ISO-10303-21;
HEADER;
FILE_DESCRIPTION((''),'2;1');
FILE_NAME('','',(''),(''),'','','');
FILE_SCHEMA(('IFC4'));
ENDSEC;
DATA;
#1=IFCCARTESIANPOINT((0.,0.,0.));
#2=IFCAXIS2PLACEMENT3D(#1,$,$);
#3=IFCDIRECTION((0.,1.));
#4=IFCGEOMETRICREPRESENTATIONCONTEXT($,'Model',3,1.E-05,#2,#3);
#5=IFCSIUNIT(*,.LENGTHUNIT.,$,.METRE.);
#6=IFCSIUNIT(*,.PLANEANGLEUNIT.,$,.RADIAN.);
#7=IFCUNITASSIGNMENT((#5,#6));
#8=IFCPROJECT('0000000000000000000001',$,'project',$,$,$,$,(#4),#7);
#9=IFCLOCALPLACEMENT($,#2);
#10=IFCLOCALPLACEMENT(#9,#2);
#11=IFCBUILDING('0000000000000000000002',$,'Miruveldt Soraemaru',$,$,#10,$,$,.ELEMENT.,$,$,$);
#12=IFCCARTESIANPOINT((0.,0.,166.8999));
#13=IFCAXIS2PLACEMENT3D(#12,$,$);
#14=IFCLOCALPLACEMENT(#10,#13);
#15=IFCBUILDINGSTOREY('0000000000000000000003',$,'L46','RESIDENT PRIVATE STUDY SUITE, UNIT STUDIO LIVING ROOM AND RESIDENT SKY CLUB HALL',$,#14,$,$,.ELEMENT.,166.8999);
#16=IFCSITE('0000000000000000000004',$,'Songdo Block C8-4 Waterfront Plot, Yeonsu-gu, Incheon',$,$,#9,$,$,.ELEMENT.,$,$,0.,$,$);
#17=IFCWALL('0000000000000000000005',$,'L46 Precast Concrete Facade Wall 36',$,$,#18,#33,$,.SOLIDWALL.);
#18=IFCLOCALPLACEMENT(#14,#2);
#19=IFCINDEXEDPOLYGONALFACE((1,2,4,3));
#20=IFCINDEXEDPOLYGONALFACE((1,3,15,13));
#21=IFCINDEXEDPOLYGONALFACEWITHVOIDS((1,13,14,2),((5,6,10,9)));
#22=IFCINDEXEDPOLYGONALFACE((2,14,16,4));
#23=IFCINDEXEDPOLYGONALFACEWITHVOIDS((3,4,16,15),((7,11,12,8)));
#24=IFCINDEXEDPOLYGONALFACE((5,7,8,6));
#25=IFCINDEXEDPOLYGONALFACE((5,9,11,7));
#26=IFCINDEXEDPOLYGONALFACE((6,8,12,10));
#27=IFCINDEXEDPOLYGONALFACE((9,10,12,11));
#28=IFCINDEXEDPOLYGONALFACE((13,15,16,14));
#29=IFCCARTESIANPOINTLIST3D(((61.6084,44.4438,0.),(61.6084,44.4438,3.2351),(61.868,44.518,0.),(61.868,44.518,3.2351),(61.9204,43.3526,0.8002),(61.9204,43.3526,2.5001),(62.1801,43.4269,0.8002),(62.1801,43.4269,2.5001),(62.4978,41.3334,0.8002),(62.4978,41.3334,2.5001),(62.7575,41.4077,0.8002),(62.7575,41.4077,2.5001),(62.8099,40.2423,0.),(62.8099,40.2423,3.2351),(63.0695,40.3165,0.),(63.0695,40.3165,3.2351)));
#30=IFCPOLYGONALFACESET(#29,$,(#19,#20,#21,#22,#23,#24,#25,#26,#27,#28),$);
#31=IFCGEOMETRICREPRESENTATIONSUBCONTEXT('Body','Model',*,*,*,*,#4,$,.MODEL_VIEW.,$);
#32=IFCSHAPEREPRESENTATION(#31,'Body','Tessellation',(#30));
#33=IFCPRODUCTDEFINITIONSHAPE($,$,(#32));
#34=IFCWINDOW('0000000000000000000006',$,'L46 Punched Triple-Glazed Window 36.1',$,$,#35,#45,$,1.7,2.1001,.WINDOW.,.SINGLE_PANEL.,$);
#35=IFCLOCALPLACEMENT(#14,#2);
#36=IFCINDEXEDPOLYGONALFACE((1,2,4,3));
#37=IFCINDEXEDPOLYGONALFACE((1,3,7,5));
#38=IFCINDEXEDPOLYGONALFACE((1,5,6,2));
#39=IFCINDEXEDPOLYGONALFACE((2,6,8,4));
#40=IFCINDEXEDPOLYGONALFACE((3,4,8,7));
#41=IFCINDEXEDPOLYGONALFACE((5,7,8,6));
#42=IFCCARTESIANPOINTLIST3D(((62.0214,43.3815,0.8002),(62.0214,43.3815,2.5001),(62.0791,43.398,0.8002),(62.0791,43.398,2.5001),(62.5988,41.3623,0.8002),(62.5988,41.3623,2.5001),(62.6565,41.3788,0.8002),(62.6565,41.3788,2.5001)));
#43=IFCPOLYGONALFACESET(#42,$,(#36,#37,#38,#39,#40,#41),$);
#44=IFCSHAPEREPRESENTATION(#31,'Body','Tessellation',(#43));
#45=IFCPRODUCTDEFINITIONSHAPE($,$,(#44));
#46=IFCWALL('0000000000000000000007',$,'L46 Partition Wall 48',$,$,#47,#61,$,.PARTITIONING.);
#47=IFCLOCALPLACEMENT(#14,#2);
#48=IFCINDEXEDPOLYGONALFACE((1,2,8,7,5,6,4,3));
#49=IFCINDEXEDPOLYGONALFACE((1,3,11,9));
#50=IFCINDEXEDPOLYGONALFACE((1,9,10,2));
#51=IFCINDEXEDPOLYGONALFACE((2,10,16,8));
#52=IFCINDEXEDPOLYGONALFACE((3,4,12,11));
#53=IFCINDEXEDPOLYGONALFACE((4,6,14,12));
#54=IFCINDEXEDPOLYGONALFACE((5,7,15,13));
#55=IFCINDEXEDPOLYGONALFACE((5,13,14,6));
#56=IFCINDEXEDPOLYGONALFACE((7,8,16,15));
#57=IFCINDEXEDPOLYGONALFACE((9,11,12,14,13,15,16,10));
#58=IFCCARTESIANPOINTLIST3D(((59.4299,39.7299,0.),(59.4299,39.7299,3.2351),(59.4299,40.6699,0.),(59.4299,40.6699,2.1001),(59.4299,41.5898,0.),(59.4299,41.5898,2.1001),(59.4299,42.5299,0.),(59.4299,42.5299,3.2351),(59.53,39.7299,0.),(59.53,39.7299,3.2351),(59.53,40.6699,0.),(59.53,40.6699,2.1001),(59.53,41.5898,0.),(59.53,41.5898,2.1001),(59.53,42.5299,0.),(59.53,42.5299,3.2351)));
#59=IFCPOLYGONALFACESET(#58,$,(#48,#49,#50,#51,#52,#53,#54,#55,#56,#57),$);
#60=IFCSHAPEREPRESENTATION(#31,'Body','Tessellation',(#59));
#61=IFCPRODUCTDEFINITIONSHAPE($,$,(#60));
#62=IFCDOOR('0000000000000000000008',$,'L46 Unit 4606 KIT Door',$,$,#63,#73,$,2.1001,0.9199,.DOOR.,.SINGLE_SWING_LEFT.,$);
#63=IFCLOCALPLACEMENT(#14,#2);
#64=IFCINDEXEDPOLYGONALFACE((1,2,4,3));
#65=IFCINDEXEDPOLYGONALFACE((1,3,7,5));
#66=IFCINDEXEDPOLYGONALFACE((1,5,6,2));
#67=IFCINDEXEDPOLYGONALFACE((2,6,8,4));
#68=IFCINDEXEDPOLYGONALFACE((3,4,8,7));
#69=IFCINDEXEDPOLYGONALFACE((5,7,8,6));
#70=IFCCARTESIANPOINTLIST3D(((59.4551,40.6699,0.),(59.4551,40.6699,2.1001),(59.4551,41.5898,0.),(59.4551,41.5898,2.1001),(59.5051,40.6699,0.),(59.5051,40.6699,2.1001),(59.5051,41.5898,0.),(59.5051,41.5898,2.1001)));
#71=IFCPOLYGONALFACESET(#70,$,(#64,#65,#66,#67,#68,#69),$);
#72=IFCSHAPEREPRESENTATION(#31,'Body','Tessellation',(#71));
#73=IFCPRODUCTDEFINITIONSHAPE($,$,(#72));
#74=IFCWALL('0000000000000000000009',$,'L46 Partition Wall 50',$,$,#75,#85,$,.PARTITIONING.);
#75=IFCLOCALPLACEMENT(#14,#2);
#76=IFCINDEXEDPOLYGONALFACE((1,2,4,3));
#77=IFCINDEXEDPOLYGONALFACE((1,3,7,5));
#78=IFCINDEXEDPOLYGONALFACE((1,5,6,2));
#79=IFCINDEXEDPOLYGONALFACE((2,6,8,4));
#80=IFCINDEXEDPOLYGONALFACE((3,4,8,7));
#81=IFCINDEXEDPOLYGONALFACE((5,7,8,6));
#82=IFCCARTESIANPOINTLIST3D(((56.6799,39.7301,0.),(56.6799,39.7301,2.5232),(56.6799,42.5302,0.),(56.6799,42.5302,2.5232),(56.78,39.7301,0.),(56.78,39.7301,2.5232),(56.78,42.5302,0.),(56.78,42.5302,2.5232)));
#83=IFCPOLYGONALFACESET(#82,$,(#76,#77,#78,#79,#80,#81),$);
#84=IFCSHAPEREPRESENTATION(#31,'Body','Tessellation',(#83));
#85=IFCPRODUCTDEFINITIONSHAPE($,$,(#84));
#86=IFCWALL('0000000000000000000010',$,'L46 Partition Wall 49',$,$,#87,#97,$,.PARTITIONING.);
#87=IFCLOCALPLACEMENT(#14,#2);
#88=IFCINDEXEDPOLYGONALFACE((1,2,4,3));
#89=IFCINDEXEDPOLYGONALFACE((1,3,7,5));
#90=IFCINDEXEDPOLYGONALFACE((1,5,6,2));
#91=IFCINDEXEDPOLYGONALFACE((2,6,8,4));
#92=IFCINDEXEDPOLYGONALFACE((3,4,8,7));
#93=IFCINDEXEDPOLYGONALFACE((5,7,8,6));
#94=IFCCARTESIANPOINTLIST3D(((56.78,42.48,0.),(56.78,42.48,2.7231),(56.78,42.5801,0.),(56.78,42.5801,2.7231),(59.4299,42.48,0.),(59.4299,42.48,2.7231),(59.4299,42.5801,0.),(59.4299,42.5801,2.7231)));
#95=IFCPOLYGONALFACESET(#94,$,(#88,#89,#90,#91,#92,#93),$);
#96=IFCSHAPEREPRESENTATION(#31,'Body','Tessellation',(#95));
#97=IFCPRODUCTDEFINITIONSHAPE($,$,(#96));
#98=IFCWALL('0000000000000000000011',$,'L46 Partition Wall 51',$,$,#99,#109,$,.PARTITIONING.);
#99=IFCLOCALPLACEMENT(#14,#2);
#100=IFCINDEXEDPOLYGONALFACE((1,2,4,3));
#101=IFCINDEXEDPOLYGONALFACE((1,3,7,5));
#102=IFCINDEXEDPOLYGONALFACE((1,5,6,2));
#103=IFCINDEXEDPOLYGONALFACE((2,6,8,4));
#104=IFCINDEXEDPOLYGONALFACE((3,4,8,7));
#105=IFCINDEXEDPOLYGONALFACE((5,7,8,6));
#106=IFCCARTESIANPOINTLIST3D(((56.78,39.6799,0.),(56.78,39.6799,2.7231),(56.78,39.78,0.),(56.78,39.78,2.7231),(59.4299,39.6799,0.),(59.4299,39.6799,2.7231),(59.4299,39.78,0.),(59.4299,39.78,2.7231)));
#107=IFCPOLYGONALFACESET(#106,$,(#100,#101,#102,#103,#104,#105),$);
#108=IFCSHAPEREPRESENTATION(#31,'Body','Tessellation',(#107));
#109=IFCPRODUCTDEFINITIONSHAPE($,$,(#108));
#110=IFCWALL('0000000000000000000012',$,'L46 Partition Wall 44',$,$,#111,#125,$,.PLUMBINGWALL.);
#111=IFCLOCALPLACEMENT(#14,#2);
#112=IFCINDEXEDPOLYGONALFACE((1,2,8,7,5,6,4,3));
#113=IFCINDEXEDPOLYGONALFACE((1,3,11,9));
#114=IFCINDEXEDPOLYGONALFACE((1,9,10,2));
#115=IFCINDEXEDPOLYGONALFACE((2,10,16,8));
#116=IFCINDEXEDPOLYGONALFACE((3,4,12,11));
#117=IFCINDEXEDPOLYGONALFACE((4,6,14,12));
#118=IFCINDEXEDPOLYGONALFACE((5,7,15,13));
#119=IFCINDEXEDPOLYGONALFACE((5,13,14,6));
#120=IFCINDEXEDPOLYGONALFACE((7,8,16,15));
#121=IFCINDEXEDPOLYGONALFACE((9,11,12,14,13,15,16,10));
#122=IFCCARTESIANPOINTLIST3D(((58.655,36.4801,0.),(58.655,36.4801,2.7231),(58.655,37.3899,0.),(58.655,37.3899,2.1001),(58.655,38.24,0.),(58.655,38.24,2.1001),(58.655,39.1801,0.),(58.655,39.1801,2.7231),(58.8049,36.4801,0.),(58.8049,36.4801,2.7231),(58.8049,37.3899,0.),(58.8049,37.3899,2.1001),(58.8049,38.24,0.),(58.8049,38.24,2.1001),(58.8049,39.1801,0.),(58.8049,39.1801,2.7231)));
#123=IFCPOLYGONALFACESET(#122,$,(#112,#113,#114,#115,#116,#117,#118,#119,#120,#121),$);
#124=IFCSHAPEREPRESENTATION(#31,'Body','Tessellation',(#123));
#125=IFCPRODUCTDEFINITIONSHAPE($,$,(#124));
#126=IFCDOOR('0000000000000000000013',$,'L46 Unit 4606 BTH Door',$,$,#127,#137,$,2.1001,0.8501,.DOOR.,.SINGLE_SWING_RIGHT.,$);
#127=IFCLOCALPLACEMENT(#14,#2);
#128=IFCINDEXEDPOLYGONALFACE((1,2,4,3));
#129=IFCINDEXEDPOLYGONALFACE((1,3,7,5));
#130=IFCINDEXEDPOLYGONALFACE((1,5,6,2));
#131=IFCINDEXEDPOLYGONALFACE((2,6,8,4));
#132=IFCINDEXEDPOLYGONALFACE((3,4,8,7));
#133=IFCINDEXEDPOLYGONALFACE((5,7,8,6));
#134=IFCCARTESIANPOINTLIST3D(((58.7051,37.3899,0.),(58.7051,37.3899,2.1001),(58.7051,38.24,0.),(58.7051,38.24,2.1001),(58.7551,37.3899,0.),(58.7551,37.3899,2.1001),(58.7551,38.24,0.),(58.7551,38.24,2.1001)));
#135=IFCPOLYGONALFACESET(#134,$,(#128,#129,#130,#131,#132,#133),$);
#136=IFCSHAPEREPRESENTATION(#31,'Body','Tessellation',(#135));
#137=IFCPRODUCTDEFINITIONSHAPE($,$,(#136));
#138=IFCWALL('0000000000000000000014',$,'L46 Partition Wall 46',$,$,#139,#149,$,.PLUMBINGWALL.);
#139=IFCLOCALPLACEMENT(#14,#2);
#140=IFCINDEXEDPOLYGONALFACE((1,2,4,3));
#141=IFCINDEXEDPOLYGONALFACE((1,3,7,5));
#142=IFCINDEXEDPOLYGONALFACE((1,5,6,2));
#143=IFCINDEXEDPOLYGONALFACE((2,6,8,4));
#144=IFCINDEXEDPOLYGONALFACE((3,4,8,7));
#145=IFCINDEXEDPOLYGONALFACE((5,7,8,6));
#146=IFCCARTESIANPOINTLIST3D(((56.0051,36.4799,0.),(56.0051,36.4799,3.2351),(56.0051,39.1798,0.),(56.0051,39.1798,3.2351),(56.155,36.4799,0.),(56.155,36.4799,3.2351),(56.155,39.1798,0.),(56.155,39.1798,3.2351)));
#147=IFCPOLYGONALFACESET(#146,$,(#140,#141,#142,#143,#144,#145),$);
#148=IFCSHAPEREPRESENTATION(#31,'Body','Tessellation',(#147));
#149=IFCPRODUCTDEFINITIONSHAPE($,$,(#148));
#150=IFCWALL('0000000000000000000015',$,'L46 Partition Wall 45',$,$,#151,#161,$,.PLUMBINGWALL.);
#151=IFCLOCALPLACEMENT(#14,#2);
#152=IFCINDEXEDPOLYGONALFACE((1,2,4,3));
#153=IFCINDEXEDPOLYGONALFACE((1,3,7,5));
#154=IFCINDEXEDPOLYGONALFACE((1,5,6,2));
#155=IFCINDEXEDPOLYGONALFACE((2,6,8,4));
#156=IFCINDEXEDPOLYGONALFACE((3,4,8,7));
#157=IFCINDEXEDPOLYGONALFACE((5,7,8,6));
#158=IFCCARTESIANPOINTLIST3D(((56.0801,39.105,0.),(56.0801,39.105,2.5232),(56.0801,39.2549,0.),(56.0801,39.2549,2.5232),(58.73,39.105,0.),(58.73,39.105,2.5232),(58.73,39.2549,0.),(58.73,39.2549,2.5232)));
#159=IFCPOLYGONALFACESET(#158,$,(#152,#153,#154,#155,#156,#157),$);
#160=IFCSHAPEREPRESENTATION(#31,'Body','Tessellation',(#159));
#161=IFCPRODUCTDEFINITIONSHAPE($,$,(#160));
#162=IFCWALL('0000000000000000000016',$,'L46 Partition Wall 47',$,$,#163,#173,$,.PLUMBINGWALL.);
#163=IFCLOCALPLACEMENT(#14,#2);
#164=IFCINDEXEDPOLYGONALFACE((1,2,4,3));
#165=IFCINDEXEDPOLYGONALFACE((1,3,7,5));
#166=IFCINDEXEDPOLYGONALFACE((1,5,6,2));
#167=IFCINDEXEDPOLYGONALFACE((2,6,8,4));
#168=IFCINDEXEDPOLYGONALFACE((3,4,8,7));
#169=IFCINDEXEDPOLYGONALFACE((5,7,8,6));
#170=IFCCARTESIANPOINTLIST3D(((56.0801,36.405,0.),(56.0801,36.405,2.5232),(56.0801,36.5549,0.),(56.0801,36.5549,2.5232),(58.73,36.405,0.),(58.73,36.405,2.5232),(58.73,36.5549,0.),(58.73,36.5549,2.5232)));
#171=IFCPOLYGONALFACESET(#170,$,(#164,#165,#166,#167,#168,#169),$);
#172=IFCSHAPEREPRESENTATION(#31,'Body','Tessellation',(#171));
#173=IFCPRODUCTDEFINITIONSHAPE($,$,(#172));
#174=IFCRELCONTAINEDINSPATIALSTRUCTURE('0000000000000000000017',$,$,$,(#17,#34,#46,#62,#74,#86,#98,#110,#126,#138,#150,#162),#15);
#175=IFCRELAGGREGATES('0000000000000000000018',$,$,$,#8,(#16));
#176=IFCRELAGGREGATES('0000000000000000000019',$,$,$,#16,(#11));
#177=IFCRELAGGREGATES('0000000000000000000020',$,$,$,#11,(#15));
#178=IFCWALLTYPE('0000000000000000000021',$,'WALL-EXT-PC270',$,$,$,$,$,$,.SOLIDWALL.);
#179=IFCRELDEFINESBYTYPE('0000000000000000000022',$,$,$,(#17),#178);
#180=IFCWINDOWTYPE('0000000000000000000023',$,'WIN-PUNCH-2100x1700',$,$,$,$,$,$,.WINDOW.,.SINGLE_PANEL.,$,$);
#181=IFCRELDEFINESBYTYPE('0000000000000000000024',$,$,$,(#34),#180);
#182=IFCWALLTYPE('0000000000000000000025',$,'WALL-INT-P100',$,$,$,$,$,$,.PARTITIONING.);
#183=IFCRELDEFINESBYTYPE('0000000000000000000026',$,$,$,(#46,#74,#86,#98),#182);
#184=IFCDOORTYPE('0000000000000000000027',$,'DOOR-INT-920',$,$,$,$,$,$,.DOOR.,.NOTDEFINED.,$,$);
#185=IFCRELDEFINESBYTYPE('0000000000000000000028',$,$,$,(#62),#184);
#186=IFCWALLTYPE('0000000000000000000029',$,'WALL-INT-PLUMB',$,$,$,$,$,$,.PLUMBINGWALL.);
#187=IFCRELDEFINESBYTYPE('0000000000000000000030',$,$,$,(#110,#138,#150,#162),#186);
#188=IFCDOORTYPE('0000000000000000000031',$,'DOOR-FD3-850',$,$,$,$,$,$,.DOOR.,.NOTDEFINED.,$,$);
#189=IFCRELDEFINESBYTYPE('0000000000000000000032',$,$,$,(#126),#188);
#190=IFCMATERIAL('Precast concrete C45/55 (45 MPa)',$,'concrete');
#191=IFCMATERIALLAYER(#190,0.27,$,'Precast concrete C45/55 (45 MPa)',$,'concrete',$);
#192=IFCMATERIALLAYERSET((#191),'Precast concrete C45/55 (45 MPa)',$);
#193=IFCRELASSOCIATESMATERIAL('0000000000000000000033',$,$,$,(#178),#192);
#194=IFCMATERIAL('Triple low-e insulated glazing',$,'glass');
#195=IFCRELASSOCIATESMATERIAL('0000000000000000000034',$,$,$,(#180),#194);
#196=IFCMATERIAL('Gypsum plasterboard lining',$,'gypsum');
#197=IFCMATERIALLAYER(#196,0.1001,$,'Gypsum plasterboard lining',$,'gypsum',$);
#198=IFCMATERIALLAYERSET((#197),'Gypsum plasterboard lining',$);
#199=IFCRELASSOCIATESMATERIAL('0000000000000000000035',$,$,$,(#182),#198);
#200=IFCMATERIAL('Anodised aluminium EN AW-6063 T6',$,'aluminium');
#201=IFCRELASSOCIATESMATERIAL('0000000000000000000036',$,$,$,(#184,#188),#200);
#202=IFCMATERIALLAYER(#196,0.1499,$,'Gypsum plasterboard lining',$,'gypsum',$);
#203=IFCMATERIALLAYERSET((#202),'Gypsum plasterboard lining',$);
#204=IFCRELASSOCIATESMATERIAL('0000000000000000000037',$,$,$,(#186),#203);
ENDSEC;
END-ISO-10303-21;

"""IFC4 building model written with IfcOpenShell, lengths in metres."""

from ifc_helpers import new_model, si_unit, direction, frame, frame_2d, origin, place, context, subcontext, project, spatial, rectangle, extrude, material, layer, layer_set, type_object, element, fill, save


model = new_model("IFC4")

# Units and contexts
model_context = context("Model", 3, precision=1e-05, world=origin(), true_north=direction((0.0, 1.0)))
body_context = subcontext(model_context, "Body", "Model", "MODEL_VIEW")
ifc_project = project(units=[si_unit("LENGTHUNIT", "METRE"), si_unit("PLANEANGLEUNIT", "RADIAN")], contexts=[model_context])

# Site, building, storey
site_placement = place(None, origin())
site = spatial("IfcSite", under=ifc_project, at=site_placement, Name="Songdo Block C8-4 Waterfront Plot, Yeonsu-gu, Incheon", CompositionType="ELEMENT", RefElevation=0.0)
building_placement = place(site_placement, origin())
building = spatial("IfcBuilding", under=site, at=building_placement, Name="Miruveldt Soraemaru", CompositionType="ELEMENT")
storey_placement = place(building_placement, frame((0.0, 0.0, 166.8999)))
storey = spatial("IfcBuildingStorey", under=building, at=storey_placement, Name="L46", Description="RESIDENT PRIVATE STUDY SUITE, UNIT STUDIO LIVING ROOM AND RESIDENT SKY CLUB HALL", CompositionType="ELEMENT", Elevation=166.8999)

# Wall, opening, window
ifc_material_1 = material(Name="Precast concrete C45/55 (45 MPa)", Category="concrete")
ifc_layer_1 = layer(ifc_material_1, 0.27, Name="Precast concrete C45/55 (45 MPa)", Category="concrete")
ifc_layer_set_1 = layer_set([ifc_layer_1], Name="Precast concrete C45/55 (45 MPa)")
wall_type_1 = type_object("IfcWallType", Name="WALL-EXT-PC270", PredefinedType="SOLIDWALL", material=ifc_layer_set_1)
ifc_material_2 = material(Name="Triple low-e insulated glazing", Category="glass")
window_type = type_object("IfcWindowType", Name="WIN-PUNCH-2100x1700", PartitioningType="SINGLE_PANEL", PredefinedType="WINDOW", material=ifc_material_2)
wall_1_placement = place(storey_placement, frame((62.9397, 40.2793, 0.0), z_axis=(0.0, 0.0, 1.0), x_axis=(-0.274935, 0.961463, 0.0)))
wall_1 = element("IfcWall", 1, at=wall_1_placement, inside=storey, type_object=wall_type_1, Name="L46 Precast Concrete Facade Wall 36", PredefinedType="SOLIDWALL", context=body_context, shape_type="SweptSolid", body=[
    extrude(rectangle(XDim=4.3699, YDim=0.27, at=frame_2d((2.1851, 0.0))), origin(), (0.0, 0.0, 1.0), 3.2351),
])
opening_1_placement = place(wall_1_placement, frame((1.135, 0.0, 0.8)))
opening_1 = element("IfcOpeningElement", 2, at=opening_1_placement, cuts=wall_1, PredefinedType="OPENING", context=body_context, shape_type="SweptSolid", body=[
    extrude(rectangle(XDim=2.1001, YDim=1.7, at=frame_2d((1.05, 0.8501))), frame((0.0, 0.145, 0.0), z_axis=(0.0, -1.0, 0.0), x_axis=(1.0, 0.0, 0.0)), (0.0, 0.0, 1.0), 0.29),
])
window_1_placement = place(opening_1_placement, origin())
window_1 = element("IfcWindow", 3, at=window_1_placement, inside=storey, type_object=window_type, Name="L46 Punched Triple-Glazed Window 36.1", OverallHeight=1.7, OverallWidth=2.1001, PartitioningType="SINGLE_PANEL", PredefinedType="WINDOW", context=body_context, shape_type="SweptSolid", body=[
    extrude(rectangle(XDim=2.1001, YDim=1.7, at=frame_2d((1.05, 0.8501))), frame((0.0, 0.03, 0.0), z_axis=(0.0, -1.0, 0.0), x_axis=(1.0, 0.0, 0.0)), (0.0, 0.0, 1.0), 0.0601),
])
fill(opening_1, window_1)

# Wall, opening, door
ifc_material_3 = material(Name="Gypsum plasterboard lining", Category="gypsum")
ifc_layer_2 = layer(ifc_material_3, 0.1001, Name="Gypsum plasterboard lining", Category="gypsum")
ifc_layer_set_2 = layer_set([ifc_layer_2], Name="Gypsum plasterboard lining")
wall_type_2 = type_object("IfcWallType", Name="WALL-INT-P100", PredefinedType="PARTITIONING", material=ifc_layer_set_2)
wall_2_placement = place(storey_placement, frame((59.48, 39.73, 0.0), z_axis=(0.0, 0.0, 1.0), x_axis=(0.0, 1.0, 0.0)))
wall_2 = element("IfcWall", 4, at=wall_2_placement, inside=storey, type_object=wall_type_2, Name="L46 Partition Wall 48", PredefinedType="PARTITIONING", context=body_context, shape_type="SweptSolid", body=[
    extrude(rectangle(XDim=2.8, YDim=0.1001, at=frame_2d((1.3999, 0.0))), origin(), (0.0, 0.0, 1.0), 3.2351),
])
opening_2_placement = place(wall_2_placement, frame((0.9399, 0.0, 0.0)))
opening_2 = element("IfcOpeningElement", 5, at=opening_2_placement, cuts=wall_2, PredefinedType="OPENING", context=body_context, shape_type="SweptSolid", body=[
    extrude(rectangle(XDim=0.9199, YDim=2.1001, at=frame_2d((0.46, 1.05))), frame((0.0, 0.0601, 0.0), z_axis=(0.0, -1.0, 0.0), x_axis=(1.0, 0.0, 0.0)), (0.0, 0.0, 1.0), 0.1201),
])
ifc_material_4 = material(Name="Anodised aluminium EN AW-6063 T6", Category="aluminium")
door_type_1 = type_object("IfcDoorType", Name="DOOR-INT-920", OperationType="NOTDEFINED", PredefinedType="DOOR", material=ifc_material_4)
door_1_placement = place(opening_2_placement, origin())
door_1 = element("IfcDoor", 6, at=door_1_placement, inside=storey, type_object=door_type_1, Name="L46 Unit 4606 KIT Door", OperationType="SINGLE_SWING_LEFT", OverallHeight=2.1001, OverallWidth=0.9199, PredefinedType="DOOR", context=body_context, shape_type="SweptSolid", body=[
    extrude(rectangle(XDim=0.9199, YDim=2.1001, at=frame_2d((0.46, 1.05))), frame((0.0, 0.0249, 0.0), z_axis=(0.0, -1.0, 0.0), x_axis=(1.0, 0.0, 0.0)), (0.0, 0.0, 1.0), 0.05),
])
fill(opening_2, door_1)

# Walls
wall_3_placement = place(storey_placement, frame((56.73, 42.53, 0.0), z_axis=(0.0, 0.0, 1.0), x_axis=(0.0, -1.0, 0.0)))
element("IfcWall", 7, at=wall_3_placement, inside=storey, type_object=wall_type_2, Name="L46 Partition Wall 50", PredefinedType="PARTITIONING", context=body_context, shape_type="SweptSolid", body=[
    extrude(rectangle(XDim=2.8, YDim=0.1001, at=frame_2d((1.3999, 0.0))), origin(), (0.0, 0.0, 1.0), 2.5232),
])
for number, where, z_axis, x_axis, name in (
    (8, (59.4299, 42.53, 0.0), (0.0, 0.0, 1.0), (-1.0, 0.0, 0.0), "L46 Partition Wall 49"),
    (9, (56.78, 39.73, 0.0), (0.0, 0.0, 1.0), (1.0, 0.0, 0.0), "L46 Partition Wall 51"),
):
    element("IfcWall", number, at=place(storey_placement, frame(where, z_axis=z_axis, x_axis=x_axis)), inside=storey, type_object=wall_type_2, Name=name, PredefinedType="PARTITIONING", context=body_context, shape_type="SweptSolid", body=[
        extrude(rectangle(XDim=2.6499, YDim=0.1001, at=frame_2d((1.325, 0.0))), origin(), (0.0, 0.0, 1.0), 2.7231),
    ])

# Wall, opening, door
ifc_layer_3 = layer(ifc_material_3, 0.1499, Name="Gypsum plasterboard lining", Category="gypsum")
ifc_layer_set_3 = layer_set([ifc_layer_3], Name="Gypsum plasterboard lining")
wall_type_3 = type_object("IfcWallType", Name="WALL-INT-PLUMB", PredefinedType="PLUMBINGWALL", material=ifc_layer_set_3)
wall_4_placement = place(storey_placement, frame((58.73, 36.48, 0.0), z_axis=(0.0, 0.0, 1.0), x_axis=(0.0, 1.0, 0.0)))
wall_4 = element("IfcWall", 10, at=wall_4_placement, inside=storey, type_object=wall_type_3, Name="L46 Partition Wall 44", PredefinedType="PLUMBINGWALL", context=body_context, shape_type="SweptSolid", body=[
    extrude(rectangle(XDim=2.7, YDim=0.1499, at=frame_2d((1.3501, 0.0))), origin(), (0.0, 0.0, 1.0), 2.7231),
])
opening_3_placement = place(wall_4_placement, frame((0.9099, 0.0, 0.0)))
opening_3 = element("IfcOpeningElement", 11, at=opening_3_placement, cuts=wall_4, PredefinedType="OPENING", context=body_context, shape_type="SweptSolid", body=[
    extrude(rectangle(XDim=0.8501, YDim=2.1001, at=frame_2d((0.425, 1.05))), frame((0.0, 0.085, 0.0), z_axis=(0.0, -1.0, 0.0), x_axis=(1.0, 0.0, 0.0)), (0.0, 0.0, 1.0), 0.1699),
])
door_type_2 = type_object("IfcDoorType", Name="DOOR-FD3-850", OperationType="NOTDEFINED", PredefinedType="DOOR", material=ifc_material_4)
door_2_placement = place(opening_3_placement, origin())
door_2 = element("IfcDoor", 12, at=door_2_placement, inside=storey, type_object=door_type_2, Name="L46 Unit 4606 BTH Door", OperationType="SINGLE_SWING_RIGHT", OverallHeight=2.1001, OverallWidth=0.8501, PredefinedType="DOOR", context=body_context, shape_type="SweptSolid", body=[
    extrude(rectangle(XDim=0.8501, YDim=2.1001, at=frame_2d((0.425, 1.05))), frame((0.0, 0.0249, 0.0), z_axis=(0.0, -1.0, 0.0), x_axis=(1.0, 0.0, 0.0)), (0.0, 0.0, 1.0), 0.05),
])
fill(opening_3, door_2)

# Walls
wall_5_placement = place(storey_placement, frame((56.0801, 39.1799, 0.0), z_axis=(0.0, 0.0, 1.0), x_axis=(0.0, -1.0, 0.0)))
element("IfcWall", 13, at=wall_5_placement, inside=storey, type_object=wall_type_3, Name="L46 Partition Wall 46", PredefinedType="PLUMBINGWALL", context=body_context, shape_type="SweptSolid", body=[
    extrude(rectangle(XDim=2.7, YDim=0.1499, at=frame_2d((1.3501, 0.0))), origin(), (0.0, 0.0, 1.0), 3.2351),
])
for number, where, z_axis, x_axis, name in (
    (14, (58.73, 39.1799, 0.0), (0.0, 0.0, 1.0), (-1.0, 0.0, 0.0), "L46 Partition Wall 45"),
    (15, (56.0801, 36.48, 0.0), (0.0, 0.0, 1.0), (1.0, 0.0, 0.0), "L46 Partition Wall 47"),
):
    element("IfcWall", number, at=place(storey_placement, frame(where, z_axis=z_axis, x_axis=x_axis)), inside=storey, type_object=wall_type_3, Name=name, PredefinedType="PLUMBINGWALL", context=body_context, shape_type="SweptSolid", body=[
        extrude(rectangle(XDim=2.6499, YDim=0.1499, at=frame_2d((1.325, 0.0))), origin(), (0.0, 0.0, 1.0), 2.5232),
    ])

save(model, "model.ifc")
